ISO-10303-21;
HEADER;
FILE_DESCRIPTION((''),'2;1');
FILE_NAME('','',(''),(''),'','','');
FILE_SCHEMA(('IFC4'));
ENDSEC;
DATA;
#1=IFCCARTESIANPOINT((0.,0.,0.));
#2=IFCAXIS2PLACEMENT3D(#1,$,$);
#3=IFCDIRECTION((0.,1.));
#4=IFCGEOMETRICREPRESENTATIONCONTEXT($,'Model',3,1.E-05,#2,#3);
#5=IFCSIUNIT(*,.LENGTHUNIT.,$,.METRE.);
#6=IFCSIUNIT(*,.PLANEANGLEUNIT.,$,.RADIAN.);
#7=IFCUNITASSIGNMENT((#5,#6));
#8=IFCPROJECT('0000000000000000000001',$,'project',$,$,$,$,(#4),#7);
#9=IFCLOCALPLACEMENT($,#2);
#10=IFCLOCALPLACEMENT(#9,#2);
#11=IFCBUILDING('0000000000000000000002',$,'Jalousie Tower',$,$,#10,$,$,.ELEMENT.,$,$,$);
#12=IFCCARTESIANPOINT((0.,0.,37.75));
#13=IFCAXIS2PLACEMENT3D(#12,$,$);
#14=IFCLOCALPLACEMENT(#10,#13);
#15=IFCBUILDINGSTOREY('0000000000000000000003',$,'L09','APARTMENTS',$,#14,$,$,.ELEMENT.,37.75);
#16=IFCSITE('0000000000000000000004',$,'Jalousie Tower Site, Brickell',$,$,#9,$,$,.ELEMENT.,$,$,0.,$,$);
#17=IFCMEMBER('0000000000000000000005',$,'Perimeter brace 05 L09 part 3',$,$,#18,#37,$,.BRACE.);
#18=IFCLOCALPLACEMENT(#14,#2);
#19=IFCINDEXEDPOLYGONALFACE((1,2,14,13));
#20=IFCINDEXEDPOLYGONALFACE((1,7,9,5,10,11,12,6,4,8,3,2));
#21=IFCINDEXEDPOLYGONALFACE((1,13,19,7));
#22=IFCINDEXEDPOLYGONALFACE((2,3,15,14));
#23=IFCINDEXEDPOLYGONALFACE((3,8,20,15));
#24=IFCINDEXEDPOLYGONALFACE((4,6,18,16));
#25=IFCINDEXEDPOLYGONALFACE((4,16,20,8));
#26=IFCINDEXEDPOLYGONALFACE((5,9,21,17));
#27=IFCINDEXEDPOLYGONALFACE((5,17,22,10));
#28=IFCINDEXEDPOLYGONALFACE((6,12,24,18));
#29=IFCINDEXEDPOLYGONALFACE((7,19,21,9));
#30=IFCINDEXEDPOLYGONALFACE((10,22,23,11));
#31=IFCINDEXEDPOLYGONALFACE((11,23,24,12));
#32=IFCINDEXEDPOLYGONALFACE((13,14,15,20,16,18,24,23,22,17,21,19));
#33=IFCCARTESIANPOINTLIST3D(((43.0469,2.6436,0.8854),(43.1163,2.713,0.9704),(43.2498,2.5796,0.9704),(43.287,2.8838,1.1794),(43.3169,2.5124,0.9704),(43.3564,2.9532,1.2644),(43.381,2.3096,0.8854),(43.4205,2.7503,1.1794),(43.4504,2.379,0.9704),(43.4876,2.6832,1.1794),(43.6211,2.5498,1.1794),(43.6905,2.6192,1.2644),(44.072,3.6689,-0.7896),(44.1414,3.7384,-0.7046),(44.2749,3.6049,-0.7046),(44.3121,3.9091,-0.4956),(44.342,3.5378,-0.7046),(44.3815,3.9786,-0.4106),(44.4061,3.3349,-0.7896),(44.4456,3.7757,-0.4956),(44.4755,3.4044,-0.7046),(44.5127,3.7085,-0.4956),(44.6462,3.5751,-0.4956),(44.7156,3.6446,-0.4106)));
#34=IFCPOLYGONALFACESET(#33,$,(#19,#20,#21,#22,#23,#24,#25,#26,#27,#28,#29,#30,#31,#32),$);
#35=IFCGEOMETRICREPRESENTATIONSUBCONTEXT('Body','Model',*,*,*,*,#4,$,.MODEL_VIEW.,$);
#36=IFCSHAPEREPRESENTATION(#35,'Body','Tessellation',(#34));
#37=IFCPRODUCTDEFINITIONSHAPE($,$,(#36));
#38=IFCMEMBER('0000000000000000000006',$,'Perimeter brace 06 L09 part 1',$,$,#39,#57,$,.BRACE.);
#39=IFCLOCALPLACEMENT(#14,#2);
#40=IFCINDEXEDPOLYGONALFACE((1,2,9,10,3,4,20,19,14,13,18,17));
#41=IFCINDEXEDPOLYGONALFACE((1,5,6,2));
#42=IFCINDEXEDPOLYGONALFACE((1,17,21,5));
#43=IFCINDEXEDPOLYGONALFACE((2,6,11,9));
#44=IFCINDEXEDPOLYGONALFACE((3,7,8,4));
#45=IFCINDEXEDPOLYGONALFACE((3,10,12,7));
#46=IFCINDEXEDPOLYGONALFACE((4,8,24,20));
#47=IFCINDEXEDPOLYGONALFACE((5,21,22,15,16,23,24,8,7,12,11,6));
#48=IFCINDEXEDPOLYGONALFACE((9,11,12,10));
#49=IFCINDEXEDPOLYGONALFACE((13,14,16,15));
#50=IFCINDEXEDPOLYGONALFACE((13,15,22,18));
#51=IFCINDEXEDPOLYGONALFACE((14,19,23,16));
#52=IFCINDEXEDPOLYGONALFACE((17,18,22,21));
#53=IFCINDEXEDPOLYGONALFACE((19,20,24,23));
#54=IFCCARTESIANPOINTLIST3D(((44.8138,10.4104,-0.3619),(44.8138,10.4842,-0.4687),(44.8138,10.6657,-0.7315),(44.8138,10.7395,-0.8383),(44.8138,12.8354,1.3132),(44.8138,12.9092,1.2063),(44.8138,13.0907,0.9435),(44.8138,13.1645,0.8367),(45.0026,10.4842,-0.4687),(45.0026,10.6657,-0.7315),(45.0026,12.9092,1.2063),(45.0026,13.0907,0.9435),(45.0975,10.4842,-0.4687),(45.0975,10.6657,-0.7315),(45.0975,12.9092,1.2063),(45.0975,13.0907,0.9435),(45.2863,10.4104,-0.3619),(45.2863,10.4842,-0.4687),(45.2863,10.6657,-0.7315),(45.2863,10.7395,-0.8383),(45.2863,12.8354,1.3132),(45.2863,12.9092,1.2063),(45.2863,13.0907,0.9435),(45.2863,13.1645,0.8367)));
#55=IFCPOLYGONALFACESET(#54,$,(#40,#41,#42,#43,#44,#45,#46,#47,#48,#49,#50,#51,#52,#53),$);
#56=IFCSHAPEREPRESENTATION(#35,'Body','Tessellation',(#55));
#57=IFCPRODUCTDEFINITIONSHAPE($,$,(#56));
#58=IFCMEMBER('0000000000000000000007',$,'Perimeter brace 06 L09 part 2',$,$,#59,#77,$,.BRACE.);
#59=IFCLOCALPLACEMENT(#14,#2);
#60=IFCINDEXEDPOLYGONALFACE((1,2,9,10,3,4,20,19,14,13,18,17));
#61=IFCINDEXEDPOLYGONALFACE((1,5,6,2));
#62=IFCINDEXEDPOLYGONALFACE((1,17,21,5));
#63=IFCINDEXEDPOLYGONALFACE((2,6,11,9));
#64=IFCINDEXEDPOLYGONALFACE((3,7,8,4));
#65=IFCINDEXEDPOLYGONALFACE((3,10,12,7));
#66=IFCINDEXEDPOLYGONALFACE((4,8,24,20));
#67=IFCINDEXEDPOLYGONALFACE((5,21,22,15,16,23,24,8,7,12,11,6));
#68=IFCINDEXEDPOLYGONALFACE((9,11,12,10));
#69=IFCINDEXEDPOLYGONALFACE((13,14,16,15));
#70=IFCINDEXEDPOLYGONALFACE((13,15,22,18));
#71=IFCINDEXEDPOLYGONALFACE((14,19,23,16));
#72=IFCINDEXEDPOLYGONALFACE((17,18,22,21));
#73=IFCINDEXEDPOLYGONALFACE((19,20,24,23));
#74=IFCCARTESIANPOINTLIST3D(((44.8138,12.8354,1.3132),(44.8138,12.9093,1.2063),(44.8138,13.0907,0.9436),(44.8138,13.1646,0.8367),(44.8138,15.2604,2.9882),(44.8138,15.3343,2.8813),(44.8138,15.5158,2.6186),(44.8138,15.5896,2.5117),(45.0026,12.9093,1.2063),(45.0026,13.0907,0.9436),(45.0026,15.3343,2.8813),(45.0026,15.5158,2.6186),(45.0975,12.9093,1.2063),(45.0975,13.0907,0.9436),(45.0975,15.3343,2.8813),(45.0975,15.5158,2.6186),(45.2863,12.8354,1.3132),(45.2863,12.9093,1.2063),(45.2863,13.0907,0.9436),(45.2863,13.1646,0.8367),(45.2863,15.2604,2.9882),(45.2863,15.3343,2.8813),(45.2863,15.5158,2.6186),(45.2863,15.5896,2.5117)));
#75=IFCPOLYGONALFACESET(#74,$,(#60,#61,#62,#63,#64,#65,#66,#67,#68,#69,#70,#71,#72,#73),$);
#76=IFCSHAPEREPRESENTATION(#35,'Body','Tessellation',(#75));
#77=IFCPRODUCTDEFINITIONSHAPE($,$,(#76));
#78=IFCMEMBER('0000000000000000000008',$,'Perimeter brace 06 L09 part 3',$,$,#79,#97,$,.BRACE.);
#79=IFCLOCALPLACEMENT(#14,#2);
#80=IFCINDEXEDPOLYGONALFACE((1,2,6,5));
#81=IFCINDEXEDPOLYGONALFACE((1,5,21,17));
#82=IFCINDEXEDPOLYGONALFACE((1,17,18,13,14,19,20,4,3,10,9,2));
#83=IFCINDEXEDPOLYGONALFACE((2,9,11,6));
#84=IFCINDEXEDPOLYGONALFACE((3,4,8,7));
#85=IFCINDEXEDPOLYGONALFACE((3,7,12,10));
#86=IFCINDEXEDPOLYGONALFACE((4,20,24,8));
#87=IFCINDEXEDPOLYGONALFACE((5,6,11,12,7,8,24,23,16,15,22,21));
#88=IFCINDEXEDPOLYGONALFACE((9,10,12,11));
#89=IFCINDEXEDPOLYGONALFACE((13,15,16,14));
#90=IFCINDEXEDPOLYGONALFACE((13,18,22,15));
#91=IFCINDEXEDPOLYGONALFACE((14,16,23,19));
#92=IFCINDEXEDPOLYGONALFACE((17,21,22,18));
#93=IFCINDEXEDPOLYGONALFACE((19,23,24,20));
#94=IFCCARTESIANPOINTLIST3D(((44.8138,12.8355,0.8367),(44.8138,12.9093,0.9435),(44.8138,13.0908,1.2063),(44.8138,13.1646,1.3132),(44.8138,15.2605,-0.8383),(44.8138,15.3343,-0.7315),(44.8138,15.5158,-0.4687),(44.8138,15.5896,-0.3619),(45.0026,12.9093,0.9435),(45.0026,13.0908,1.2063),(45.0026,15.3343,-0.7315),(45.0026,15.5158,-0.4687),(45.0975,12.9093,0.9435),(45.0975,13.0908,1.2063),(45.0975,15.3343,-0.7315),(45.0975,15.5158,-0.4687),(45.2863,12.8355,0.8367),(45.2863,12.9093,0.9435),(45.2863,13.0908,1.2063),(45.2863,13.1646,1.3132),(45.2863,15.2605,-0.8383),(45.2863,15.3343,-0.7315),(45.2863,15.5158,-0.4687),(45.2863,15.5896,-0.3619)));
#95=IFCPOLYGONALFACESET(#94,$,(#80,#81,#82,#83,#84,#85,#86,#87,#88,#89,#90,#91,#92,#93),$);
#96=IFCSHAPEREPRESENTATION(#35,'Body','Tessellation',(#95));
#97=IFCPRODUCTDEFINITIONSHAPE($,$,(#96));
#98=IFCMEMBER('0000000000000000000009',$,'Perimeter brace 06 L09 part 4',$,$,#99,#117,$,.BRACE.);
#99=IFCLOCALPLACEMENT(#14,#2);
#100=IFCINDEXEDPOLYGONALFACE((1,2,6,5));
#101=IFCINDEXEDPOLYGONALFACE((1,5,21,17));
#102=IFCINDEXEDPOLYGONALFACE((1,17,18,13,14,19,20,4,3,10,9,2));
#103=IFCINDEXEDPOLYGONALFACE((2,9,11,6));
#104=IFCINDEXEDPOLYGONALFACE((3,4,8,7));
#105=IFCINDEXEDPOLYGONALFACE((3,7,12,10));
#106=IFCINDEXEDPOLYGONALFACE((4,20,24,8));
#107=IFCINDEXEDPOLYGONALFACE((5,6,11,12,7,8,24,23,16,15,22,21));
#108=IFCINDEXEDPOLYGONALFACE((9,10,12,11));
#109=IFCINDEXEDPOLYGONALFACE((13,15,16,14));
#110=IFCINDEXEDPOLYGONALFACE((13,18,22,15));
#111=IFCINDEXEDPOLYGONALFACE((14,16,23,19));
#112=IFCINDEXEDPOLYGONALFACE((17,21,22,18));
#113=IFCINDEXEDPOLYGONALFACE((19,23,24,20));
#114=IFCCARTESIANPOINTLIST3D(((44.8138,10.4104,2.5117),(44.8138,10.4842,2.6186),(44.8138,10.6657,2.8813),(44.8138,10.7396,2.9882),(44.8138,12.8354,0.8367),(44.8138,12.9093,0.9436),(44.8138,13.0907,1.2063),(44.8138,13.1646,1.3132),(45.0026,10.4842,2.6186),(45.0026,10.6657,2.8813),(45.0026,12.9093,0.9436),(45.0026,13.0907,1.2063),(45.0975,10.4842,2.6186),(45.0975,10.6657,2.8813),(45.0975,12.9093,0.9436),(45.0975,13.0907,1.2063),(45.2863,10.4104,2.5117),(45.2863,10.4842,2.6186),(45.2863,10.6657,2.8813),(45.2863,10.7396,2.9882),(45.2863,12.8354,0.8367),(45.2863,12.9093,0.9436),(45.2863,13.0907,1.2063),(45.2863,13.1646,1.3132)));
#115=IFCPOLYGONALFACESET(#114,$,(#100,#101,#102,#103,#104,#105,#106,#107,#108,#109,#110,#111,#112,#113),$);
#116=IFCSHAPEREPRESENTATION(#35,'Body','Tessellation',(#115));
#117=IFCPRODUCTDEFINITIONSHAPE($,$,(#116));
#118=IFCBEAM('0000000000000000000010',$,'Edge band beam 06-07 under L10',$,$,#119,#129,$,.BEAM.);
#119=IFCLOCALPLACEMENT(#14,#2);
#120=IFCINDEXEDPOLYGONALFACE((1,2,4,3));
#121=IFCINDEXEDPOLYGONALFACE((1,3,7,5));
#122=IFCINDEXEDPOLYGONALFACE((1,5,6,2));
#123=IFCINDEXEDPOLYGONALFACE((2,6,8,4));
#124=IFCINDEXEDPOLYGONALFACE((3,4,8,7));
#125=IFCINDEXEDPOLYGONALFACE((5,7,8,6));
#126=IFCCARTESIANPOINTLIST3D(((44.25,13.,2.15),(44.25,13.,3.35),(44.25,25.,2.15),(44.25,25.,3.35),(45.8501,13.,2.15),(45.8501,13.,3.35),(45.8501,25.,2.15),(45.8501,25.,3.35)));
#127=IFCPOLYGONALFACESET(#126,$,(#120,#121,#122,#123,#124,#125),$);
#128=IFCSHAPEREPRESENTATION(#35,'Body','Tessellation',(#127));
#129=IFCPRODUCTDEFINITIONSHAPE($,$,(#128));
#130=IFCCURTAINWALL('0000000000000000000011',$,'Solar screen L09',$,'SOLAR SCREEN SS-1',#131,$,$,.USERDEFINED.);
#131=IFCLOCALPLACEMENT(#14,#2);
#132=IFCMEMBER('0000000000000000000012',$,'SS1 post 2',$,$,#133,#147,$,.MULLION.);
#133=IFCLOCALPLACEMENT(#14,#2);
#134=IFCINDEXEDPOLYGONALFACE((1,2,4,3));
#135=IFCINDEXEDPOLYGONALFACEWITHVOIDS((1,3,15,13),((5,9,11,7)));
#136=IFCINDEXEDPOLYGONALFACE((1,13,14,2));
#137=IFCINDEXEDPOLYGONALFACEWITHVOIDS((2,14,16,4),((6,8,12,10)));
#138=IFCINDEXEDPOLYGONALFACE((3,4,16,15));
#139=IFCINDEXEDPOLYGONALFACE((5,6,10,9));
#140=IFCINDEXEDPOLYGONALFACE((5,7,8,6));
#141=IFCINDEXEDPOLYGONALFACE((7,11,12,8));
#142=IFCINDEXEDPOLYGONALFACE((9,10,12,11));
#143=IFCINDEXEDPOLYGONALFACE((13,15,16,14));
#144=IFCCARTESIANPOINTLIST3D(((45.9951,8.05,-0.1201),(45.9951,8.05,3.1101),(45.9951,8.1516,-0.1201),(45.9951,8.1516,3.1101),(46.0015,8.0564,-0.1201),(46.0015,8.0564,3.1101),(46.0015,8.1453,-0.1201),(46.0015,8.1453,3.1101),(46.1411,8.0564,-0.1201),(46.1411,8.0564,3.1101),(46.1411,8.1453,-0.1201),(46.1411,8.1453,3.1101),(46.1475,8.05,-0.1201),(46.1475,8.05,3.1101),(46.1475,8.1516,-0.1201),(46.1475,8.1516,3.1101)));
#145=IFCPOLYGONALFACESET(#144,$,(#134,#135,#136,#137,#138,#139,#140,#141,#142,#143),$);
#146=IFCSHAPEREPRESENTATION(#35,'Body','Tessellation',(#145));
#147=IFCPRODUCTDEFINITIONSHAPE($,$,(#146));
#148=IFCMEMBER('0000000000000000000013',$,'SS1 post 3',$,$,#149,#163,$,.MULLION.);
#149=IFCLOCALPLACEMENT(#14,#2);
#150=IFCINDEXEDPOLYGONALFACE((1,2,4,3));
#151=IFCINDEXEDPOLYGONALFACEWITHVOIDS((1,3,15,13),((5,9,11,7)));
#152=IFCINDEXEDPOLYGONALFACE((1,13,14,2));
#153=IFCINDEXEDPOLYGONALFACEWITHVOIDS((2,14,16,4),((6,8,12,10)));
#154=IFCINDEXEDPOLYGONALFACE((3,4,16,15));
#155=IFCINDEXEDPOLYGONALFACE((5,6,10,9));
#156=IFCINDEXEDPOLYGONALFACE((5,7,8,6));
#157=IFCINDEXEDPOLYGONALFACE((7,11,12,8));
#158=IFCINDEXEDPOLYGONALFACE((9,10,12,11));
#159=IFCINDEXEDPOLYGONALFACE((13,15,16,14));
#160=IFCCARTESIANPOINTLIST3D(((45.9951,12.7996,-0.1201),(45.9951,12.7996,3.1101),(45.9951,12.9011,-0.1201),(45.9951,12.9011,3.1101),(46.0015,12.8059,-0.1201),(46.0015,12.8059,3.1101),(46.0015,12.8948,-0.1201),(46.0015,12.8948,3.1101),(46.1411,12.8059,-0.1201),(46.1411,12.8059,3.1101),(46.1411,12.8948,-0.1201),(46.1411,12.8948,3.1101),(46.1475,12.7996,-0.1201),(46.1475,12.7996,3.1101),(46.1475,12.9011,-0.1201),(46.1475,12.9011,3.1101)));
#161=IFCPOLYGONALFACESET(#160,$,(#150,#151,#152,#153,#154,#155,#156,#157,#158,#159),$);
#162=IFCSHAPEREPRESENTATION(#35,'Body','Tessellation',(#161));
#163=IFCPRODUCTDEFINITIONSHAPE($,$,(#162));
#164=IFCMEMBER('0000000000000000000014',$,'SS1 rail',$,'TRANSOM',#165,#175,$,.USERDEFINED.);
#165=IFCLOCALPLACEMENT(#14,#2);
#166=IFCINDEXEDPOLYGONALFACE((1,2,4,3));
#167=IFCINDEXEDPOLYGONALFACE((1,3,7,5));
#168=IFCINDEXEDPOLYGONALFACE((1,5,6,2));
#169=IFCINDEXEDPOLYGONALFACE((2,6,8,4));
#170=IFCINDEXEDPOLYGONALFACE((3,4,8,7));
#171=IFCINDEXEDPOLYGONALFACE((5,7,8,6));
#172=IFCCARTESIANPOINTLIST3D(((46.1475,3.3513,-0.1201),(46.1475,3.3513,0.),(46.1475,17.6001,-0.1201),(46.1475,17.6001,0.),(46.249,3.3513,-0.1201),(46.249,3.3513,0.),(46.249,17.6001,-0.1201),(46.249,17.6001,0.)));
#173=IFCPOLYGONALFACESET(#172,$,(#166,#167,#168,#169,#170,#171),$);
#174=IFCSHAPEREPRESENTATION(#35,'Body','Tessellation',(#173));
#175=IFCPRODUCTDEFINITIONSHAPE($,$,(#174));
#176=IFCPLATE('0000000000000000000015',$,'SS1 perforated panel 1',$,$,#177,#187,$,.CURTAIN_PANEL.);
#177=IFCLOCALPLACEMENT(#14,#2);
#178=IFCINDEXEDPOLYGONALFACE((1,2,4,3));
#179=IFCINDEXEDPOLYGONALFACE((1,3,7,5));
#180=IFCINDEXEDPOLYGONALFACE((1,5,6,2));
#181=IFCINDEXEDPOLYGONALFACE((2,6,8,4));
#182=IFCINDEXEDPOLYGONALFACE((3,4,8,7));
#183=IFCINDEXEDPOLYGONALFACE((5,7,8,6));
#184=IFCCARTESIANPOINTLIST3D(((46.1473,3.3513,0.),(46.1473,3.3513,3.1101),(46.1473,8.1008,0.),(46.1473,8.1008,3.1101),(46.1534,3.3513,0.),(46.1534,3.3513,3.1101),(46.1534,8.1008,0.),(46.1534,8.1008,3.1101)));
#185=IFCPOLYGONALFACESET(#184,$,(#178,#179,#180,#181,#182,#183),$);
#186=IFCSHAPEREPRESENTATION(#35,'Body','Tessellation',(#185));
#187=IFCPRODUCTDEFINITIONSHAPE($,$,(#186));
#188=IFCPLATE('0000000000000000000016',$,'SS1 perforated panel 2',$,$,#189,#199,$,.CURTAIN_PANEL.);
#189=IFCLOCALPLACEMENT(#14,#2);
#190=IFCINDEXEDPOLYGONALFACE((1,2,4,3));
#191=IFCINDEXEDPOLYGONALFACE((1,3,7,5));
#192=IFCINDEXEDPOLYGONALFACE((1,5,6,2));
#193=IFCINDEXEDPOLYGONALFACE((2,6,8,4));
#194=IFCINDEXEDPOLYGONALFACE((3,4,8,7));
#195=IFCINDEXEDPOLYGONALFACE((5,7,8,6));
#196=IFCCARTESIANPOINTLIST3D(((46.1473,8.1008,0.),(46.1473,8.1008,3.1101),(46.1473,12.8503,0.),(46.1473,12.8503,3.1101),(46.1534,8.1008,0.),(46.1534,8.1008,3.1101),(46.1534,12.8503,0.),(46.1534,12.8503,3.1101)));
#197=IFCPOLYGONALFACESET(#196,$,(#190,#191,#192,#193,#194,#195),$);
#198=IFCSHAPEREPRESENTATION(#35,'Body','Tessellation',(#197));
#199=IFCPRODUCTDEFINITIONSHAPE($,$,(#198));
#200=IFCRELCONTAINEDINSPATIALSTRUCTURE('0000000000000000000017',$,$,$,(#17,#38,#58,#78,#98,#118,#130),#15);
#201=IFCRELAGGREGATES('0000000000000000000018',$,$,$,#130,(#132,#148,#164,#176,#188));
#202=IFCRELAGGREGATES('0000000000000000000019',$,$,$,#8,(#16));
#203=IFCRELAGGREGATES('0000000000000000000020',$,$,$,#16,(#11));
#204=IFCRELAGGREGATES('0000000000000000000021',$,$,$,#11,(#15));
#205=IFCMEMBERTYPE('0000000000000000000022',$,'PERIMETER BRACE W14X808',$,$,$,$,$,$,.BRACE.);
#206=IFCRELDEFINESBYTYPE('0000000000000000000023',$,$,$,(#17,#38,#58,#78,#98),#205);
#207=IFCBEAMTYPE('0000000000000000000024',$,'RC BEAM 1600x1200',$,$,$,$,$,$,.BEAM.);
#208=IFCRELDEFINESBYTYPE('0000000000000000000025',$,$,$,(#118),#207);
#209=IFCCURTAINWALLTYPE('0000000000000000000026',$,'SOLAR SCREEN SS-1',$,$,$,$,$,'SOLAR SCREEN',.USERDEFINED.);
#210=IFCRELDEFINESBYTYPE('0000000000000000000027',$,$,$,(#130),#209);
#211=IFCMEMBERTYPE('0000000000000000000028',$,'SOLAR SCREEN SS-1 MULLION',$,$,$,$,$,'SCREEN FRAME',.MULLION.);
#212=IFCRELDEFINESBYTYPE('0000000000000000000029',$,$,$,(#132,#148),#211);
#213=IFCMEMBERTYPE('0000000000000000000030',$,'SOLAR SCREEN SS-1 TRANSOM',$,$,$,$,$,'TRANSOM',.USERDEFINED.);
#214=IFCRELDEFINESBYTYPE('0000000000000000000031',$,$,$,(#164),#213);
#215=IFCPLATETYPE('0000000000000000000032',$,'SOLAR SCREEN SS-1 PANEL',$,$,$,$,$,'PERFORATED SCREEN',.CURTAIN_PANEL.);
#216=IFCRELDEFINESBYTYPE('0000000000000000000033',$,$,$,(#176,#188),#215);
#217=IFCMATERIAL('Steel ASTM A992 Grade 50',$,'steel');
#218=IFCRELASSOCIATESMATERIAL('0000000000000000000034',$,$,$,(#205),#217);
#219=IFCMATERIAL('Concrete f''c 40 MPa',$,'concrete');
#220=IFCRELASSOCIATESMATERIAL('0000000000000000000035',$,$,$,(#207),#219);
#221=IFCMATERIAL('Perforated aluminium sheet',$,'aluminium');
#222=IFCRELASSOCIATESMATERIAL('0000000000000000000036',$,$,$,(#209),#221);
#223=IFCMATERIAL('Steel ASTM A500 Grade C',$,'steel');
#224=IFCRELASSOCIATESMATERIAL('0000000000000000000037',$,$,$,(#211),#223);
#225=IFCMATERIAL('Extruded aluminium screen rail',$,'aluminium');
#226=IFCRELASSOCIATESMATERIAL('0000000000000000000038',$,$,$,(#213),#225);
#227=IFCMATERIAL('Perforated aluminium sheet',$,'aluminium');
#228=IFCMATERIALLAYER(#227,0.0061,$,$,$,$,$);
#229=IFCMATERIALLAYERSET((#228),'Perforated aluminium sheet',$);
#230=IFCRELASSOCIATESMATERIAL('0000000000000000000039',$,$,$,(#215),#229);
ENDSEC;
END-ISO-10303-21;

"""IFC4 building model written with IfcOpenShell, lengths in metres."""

from ifc_helpers import new_model, si_unit, direction, frame, origin, origin_2d, place, context, subcontext, project, spatial, rectangle, hollow_rectangle, i_section, extrude, material, layer, layer_set, material_profile, profile_set, type_object, element, aggregate, save


model = new_model("IFC4")

# Units and contexts
model_context = context("Model", 3, precision=1e-05, world=origin(), true_north=direction((0.0, 1.0)))
body_context = subcontext(model_context, "Body", "Model", "MODEL_VIEW")
ifc_project = project(units=[si_unit("LENGTHUNIT", "METRE"), si_unit("PLANEANGLEUNIT", "RADIAN")], contexts=[model_context])

# Site, building, storey
site_placement = place(None, origin())
site = spatial("IfcSite", under=ifc_project, at=site_placement, Name="Jalousie Tower Site, Brickell", CompositionType="ELEMENT", RefElevation=0.0)
building_placement = place(site_placement, origin())
building = spatial("IfcBuilding", under=site, at=building_placement, Name="Jalousie Tower", CompositionType="ELEMENT")
storey_placement = place(building_placement, frame((0.0, 0.0, 37.75)))
storey = spatial("IfcBuildingStorey", under=building, at=storey_placement, Name="L09", Description="APARTMENTS", CompositionType="ELEMENT", Elevation=37.75)

# Members
ifc_material_1 = material(Name="Steel ASTM A992 Grade 50", Category="steel")
ifc_material_profile_1 = material_profile(ifc_material_1, i_section(OverallWidth=0.4724, OverallDepth=0.5791, WebThickness=0.095, FlangeThickness=0.1299, at=origin_2d()), Name="W14X808")
ifc_profile_set_1 = profile_set([ifc_material_profile_1], Name="Steel ASTM A992 Grade 50")
member_type_1 = type_object("IfcMemberType", Name="PERIMETER BRACE W14X808", PredefinedType="BRACE", material=ifc_profile_set_1)
member_1_placement = place(storey_placement, frame((44.3938, 3.6567, -0.6001), z_axis=(-0.46273, -0.46284, 0.756082), x_axis=(0.707191, -0.707023, 0.0)))
element("IfcMember", 1, at=member_1_placement, inside=storey, type_object=member_type_1, Name="Perimeter brace 05 L09 part 3", PredefinedType="BRACE", context=body_context, shape_type="SweptSolid", body=[
    extrude(i_section(OverallWidth=0.4724, OverallDepth=0.5791, WebThickness=0.095, FlangeThickness=0.1299, at=origin_2d()), origin(), (0.0, 0.0, 1.0), 2.2153),
])
for number, where, z_axis, x_axis, name in (
    (2, (45.05, 10.575, -0.6001), (0.0, 0.8228, 0.568331), (-1.0, 0.0, 0.0), "Perimeter brace 06 L09 part 1"),
    (3, (45.05, 13.0, 1.075), (0.0, 0.8228, 0.568331), (-1.0, 0.0, 0.0), "Perimeter brace 06 L09 part 2"),
    (4, (45.05, 15.425, -0.6001), (0.0, -0.8228, 0.568331), (1.0, 0.0, 0.0), "Perimeter brace 06 L09 part 3"),
    (5, (45.05, 13.0, 1.075), (0.0, -0.8228, 0.568331), (1.0, 0.0, 0.0), "Perimeter brace 06 L09 part 4"),
):
    element("IfcMember", number, at=place(storey_placement, frame(where, z_axis=z_axis, x_axis=x_axis)), inside=storey, type_object=member_type_1, Name=name, PredefinedType="BRACE", context=body_context, shape_type="SweptSolid", body=[
        extrude(i_section(OverallWidth=0.4724, OverallDepth=0.5791, WebThickness=0.095, FlangeThickness=0.1299, at=origin_2d()), origin(), (0.0, 0.0, 1.0), 2.9473),
    ])

# Beam
ifc_material_2 = material(Name="Concrete f'c 40 MPa", Category="concrete")
ifc_material_profile_2 = material_profile(ifc_material_2, rectangle(XDim=1.6001, YDim=1.2, at=origin_2d()), Name="RC 1600x1200")
ifc_profile_set_2 = profile_set([ifc_material_profile_2], Name="Concrete f'c 40 MPa")
beam_type = type_object("IfcBeamType", Name="RC BEAM 1600x1200", PredefinedType="BEAM", material=ifc_profile_set_2)
beam_placement = place(storey_placement, frame((45.05, 13.0, 2.75), z_axis=(0.0, 1.0, 0.0), x_axis=(-1.0, 0.0, 0.0)))
element("IfcBeam", 6, at=beam_placement, inside=storey, type_object=beam_type, Name="Edge band beam 06-07 under L10", PredefinedType="BEAM", context=body_context, shape_type="SweptSolid", body=[
    extrude(rectangle(XDim=1.6001, YDim=1.2, at=origin_2d()), origin(), (0.0, 0.0, 1.0), 12.0),
])

# Curtain wall, members, plates
ifc_material_3 = material(Name="Perforated aluminium sheet", Category="aluminium")
curtain_wall_type = type_object("IfcCurtainWallType", Name="SOLAR SCREEN SS-1", ElementType="SOLAR SCREEN", PredefinedType="USERDEFINED", material=ifc_material_3)
curtain_wall_placement = place(storey_placement, origin())
curtain_wall = element("IfcCurtainWall", 7, at=curtain_wall_placement, inside=storey, type_object=curtain_wall_type, Name="Solar screen L09", ObjectType="SOLAR SCREEN SS-1", PredefinedType="USERDEFINED")
ifc_material_4 = material(Name="Steel ASTM A500 Grade C", Category="steel")
ifc_material_profile_3 = material_profile(ifc_material_4, hollow_rectangle(XDim=0.1016, YDim=0.1523, WallThickness=0.0063, at=origin_2d()), Name="HSS6X4X1/4")
ifc_profile_set_3 = profile_set([ifc_material_profile_3], Name="Steel ASTM A500 Grade C")
member_type_2 = type_object("IfcMemberType", Name="SOLAR SCREEN SS-1 MULLION", ElementType="SCREEN FRAME", PredefinedType="MULLION", material=ifc_profile_set_3)
member_2_placement = place(storey_placement, frame((46.0713, 8.1008, -0.1201), z_axis=(0.0, 0.0, 1.0), x_axis=(0.0, 1.0, 0.0)))
member_2 = element("IfcMember", 8, at=member_2_placement, type_object=member_type_2, Name="SS1 post 2", PredefinedType="MULLION", context=body_context, shape_type="SweptSolid", body=[
    extrude(hollow_rectangle(XDim=0.1016, YDim=0.1523, WallThickness=0.0063, at=origin_2d()), origin(), (0.0, 0.0, 1.0), 3.2302),
])
member_3_placement = place(storey_placement, frame((46.0713, 12.8503, -0.1201), z_axis=(0.0, 0.0, 1.0), x_axis=(0.0, 1.0, 0.0)))
member_3 = element("IfcMember", 9, at=member_3_placement, type_object=member_type_2, Name="SS1 post 3", PredefinedType="MULLION", context=body_context, shape_type="SweptSolid", body=[
    extrude(hollow_rectangle(XDim=0.1016, YDim=0.1523, WallThickness=0.0063, at=origin_2d()), origin(), (0.0, 0.0, 1.0), 3.2302),
])
ifc_material_5 = material(Name="Extruded aluminium screen rail", Category="aluminium")
ifc_material_profile_4 = material_profile(ifc_material_5, rectangle(XDim=0.1016, YDim=0.1201, at=origin_2d()), Name="RAIL 102x120")
ifc_profile_set_4 = profile_set([ifc_material_profile_4], Name="Extruded aluminium screen rail")
member_type_3 = type_object("IfcMemberType", Name="SOLAR SCREEN SS-1 TRANSOM", ElementType="TRANSOM", PredefinedType="USERDEFINED", material=ifc_profile_set_4)
member_4_placement = place(storey_placement, frame((46.1982, 3.3513, -0.0601), z_axis=(0.0, 1.0, 0.0), x_axis=(-1.0, 0.0, 0.0)))
member_4 = element("IfcMember", 10, at=member_4_placement, type_object=member_type_3, Name="SS1 rail", ObjectType="TRANSOM", PredefinedType="USERDEFINED", context=body_context, shape_type="SweptSolid", body=[
    extrude(rectangle(XDim=0.1016, YDim=0.1201, at=origin_2d()), origin(), (0.0, 0.0, 1.0), 14.2488),
])
ifc_material_6 = material(Name="Perforated aluminium sheet", Category="aluminium")
ifc_layer_1 = layer(ifc_material_6, 0.0061)
ifc_layer_set_1 = layer_set([ifc_layer_1], Name="Perforated aluminium sheet")
plate_type = type_object("IfcPlateType", Name="SOLAR SCREEN SS-1 PANEL", ElementType="PERFORATED SCREEN", PredefinedType="CURTAIN_PANEL", material=ifc_layer_set_1)
plate_1_placement = place(storey_placement, frame((46.1504, 5.7261, 0.0), z_axis=(0.0, 0.0, 1.0), x_axis=(0.0, 1.0, 0.0)))
plate_1 = element("IfcPlate", 11, at=plate_1_placement, type_object=plate_type, Name="SS1 perforated panel 1", PredefinedType="CURTAIN_PANEL", context=body_context, shape_type="SweptSolid", body=[
    extrude(rectangle(XDim=4.7495, YDim=0.0061, at=origin_2d()), origin(), (0.0, 0.0, 1.0), 3.1101),
])
plate_2_placement = place(storey_placement, frame((46.1504, 10.4756, 0.0), z_axis=(0.0, 0.0, 1.0), x_axis=(0.0, 1.0, 0.0)))
plate_2 = element("IfcPlate", 12, at=plate_2_placement, type_object=plate_type, Name="SS1 perforated panel 2", PredefinedType="CURTAIN_PANEL", context=body_context, shape_type="SweptSolid", body=[
    extrude(rectangle(XDim=4.7495, YDim=0.0061, at=origin_2d()), origin(), (0.0, 0.0, 1.0), 3.1101),
])
aggregate(curtain_wall, [member_2, member_3, member_4, plate_1, plate_2])

save(model, "model.ifc")
